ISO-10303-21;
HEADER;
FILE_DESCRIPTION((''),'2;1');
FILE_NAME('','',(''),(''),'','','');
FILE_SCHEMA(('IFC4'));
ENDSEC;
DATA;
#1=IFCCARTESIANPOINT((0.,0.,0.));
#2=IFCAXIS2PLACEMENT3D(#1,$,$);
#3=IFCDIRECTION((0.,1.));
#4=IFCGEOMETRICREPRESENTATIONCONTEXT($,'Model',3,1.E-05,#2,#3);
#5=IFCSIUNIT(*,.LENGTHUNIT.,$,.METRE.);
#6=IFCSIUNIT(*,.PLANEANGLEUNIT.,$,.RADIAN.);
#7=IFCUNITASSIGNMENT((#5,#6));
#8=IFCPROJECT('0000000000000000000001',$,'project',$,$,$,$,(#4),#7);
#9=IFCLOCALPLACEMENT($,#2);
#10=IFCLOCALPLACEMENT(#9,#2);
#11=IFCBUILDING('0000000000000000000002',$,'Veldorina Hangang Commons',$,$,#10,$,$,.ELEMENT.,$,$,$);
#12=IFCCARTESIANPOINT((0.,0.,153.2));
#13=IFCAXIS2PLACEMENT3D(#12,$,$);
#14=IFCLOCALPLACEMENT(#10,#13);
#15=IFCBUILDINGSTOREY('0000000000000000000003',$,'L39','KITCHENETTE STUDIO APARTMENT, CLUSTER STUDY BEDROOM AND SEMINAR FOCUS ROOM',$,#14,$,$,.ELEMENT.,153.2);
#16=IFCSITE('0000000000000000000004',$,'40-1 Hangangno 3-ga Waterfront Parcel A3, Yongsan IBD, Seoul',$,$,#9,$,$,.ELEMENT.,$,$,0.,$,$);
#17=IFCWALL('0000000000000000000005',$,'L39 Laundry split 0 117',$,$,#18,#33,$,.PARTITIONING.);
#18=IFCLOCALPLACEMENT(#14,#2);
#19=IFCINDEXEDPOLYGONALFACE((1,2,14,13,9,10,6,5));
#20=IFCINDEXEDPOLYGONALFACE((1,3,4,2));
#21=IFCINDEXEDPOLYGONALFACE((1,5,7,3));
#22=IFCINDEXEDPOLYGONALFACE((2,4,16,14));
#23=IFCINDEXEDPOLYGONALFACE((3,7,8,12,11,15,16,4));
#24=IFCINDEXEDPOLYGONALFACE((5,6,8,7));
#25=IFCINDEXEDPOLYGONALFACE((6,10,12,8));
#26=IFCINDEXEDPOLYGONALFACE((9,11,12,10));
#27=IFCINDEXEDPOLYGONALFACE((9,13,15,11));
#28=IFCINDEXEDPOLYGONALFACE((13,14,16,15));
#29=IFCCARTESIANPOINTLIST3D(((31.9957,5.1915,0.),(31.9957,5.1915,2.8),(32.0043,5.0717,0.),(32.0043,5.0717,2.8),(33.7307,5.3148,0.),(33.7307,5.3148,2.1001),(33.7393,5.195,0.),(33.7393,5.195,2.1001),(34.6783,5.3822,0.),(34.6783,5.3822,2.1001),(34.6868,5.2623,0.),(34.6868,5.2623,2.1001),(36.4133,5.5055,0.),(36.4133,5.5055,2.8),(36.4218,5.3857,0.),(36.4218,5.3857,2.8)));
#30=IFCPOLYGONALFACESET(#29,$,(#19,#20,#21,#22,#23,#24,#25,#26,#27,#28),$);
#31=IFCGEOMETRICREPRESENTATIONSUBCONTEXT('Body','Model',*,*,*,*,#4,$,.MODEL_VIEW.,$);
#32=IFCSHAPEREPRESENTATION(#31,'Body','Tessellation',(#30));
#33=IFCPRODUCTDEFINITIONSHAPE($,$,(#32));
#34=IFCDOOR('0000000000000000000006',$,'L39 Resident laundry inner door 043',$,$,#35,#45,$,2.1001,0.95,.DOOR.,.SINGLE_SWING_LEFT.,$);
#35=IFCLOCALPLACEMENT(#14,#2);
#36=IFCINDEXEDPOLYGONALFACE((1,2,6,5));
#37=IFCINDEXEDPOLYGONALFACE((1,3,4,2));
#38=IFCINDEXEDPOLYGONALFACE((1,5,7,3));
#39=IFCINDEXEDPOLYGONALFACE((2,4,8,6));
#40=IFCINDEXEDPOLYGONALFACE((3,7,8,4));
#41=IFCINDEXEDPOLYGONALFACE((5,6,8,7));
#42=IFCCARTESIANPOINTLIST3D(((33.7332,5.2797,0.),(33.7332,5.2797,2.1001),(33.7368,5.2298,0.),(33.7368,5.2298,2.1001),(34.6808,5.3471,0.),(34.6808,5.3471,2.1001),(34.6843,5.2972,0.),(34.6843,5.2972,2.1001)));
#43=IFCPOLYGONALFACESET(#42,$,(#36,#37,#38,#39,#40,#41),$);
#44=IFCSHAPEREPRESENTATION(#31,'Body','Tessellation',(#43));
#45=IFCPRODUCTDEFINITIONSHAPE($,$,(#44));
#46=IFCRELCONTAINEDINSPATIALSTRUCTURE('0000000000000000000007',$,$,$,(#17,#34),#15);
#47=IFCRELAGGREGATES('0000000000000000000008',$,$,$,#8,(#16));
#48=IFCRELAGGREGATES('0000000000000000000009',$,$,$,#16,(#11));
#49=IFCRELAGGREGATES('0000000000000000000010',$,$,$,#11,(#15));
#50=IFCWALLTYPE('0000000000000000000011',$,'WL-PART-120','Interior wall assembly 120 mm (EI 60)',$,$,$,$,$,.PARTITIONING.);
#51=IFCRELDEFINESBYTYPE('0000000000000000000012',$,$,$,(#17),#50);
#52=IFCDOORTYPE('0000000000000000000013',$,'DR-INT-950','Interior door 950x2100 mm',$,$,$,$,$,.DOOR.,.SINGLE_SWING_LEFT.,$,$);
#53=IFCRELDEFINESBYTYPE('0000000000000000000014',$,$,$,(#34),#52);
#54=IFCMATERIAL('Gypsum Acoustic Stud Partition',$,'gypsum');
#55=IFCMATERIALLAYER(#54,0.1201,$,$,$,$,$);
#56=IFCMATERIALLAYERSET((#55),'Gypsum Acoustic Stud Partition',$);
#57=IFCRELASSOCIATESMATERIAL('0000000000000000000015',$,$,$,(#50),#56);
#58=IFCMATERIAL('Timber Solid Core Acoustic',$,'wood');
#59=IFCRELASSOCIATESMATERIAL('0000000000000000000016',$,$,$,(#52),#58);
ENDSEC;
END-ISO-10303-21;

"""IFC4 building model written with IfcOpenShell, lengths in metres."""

from ifc_helpers import new_model, si_unit, direction, frame, frame_2d, origin, place, context, subcontext, project, spatial, rectangle, extrude, material, layer, layer_set, type_object, element, fill, save


model = new_model("IFC4")

# Units and contexts
model_context = context("Model", 3, precision=1e-05, world=origin(), true_north=direction((0.0, 1.0)))
body_context = subcontext(model_context, "Body", "Model", "MODEL_VIEW")
ifc_project = project(units=[si_unit("LENGTHUNIT", "METRE"), si_unit("PLANEANGLEUNIT", "RADIAN")], contexts=[model_context])

# Site, building, storey
site_placement = place(None, origin())
site = spatial("IfcSite", under=ifc_project, at=site_placement, Name="40-1 Hangangno 3-ga Waterfront Parcel A3, Yongsan IBD, Seoul", CompositionType="ELEMENT", RefElevation=0.0)
building_placement = place(site_placement, origin())
building = spatial("IfcBuilding", under=site, at=building_placement, Name="Veldorina Hangang Commons", CompositionType="ELEMENT")
storey_placement = place(building_placement, frame((0.0, 0.0, 153.2)))
storey = spatial("IfcBuildingStorey", under=building, at=storey_placement, Name="L39", Description="KITCHENETTE STUDIO APARTMENT, CLUSTER STUDY BEDROOM AND SEMINAR FOCUS ROOM", CompositionType="ELEMENT", Elevation=153.2)

# Shared definitions
ifc_material_1 = material(Name="Timber Solid Core Acoustic", Category="wood")

# Wall, opening, door
ifc_material_2 = material(Name="Gypsum Acoustic Stud Partition", Category="gypsum")
ifc_layer_1 = layer(ifc_material_2, 0.1201)
ifc_layer_set_1 = layer_set([ifc_layer_1], Name="Gypsum Acoustic Stud Partition")
wall_type_1 = type_object("IfcWallType", Name="WL-PART-120", Description="Interior wall assembly 120 mm (EI 60)", PredefinedType="PARTITIONING", material=ifc_layer_set_1)
wall_1_placement = place(storey_placement, frame((32.0, 5.1316, 0.0), z_axis=(0.0, 0.0, 1.0), x_axis=(0.997484, 0.070894, 0.0)))
wall_1 = element("IfcWall", 1, at=wall_1_placement, inside=storey, type_object=wall_type_1, Name="L39 Laundry split 0 117", PredefinedType="PARTITIONING", context=body_context, shape_type="SweptSolid", body=[
    extrude(rectangle(XDim=4.4287, YDim=0.1201, at=frame_2d((2.2144, 0.0))), origin(), (0.0, 0.0, 1.0), 2.8),
])
opening_1_placement = place(wall_1_placement, frame((1.7393, 0.0, 0.0)))
opening_1 = element("IfcOpeningElement", 2, at=opening_1_placement, cuts=wall_1, PredefinedType="OPENING", context=body_context, shape_type="SweptSolid", body=[
    extrude(rectangle(XDim=0.95, YDim=2.1001, at=frame_2d((0.4751, 1.05))), frame((0.0, 0.0701, 0.0), z_axis=(0.0, -1.0, 0.0), x_axis=(1.0, 0.0, 0.0)), (0.0, 0.0, 1.0), 0.1401),
])
door_type_1 = type_object("IfcDoorType", Name="DR-INT-950", Description="Interior door 950x2100 mm", OperationType="SINGLE_SWING_LEFT", PredefinedType="DOOR", material=ifc_material_1)
door_1_placement = place(opening_1_placement, origin())
door_1 = element("IfcDoor", 3, at=door_1_placement, inside=storey, type_object=door_type_1, Name="L39 Resident laundry inner door 043", OperationType="SINGLE_SWING_LEFT", OverallHeight=2.1001, OverallWidth=0.95, PredefinedType="DOOR", context=body_context, shape_type="SweptSolid", body=[
    extrude(rectangle(XDim=0.95, YDim=2.1001, at=frame_2d((0.4751, 1.05))), frame((0.0, 0.0249, 0.0), z_axis=(0.0, -1.0, 0.0), x_axis=(1.0, 0.0, 0.0)), (0.0, 0.0, 1.0), 0.05),
])
fill(opening_1, door_1)

save(model, "model.ifc")
